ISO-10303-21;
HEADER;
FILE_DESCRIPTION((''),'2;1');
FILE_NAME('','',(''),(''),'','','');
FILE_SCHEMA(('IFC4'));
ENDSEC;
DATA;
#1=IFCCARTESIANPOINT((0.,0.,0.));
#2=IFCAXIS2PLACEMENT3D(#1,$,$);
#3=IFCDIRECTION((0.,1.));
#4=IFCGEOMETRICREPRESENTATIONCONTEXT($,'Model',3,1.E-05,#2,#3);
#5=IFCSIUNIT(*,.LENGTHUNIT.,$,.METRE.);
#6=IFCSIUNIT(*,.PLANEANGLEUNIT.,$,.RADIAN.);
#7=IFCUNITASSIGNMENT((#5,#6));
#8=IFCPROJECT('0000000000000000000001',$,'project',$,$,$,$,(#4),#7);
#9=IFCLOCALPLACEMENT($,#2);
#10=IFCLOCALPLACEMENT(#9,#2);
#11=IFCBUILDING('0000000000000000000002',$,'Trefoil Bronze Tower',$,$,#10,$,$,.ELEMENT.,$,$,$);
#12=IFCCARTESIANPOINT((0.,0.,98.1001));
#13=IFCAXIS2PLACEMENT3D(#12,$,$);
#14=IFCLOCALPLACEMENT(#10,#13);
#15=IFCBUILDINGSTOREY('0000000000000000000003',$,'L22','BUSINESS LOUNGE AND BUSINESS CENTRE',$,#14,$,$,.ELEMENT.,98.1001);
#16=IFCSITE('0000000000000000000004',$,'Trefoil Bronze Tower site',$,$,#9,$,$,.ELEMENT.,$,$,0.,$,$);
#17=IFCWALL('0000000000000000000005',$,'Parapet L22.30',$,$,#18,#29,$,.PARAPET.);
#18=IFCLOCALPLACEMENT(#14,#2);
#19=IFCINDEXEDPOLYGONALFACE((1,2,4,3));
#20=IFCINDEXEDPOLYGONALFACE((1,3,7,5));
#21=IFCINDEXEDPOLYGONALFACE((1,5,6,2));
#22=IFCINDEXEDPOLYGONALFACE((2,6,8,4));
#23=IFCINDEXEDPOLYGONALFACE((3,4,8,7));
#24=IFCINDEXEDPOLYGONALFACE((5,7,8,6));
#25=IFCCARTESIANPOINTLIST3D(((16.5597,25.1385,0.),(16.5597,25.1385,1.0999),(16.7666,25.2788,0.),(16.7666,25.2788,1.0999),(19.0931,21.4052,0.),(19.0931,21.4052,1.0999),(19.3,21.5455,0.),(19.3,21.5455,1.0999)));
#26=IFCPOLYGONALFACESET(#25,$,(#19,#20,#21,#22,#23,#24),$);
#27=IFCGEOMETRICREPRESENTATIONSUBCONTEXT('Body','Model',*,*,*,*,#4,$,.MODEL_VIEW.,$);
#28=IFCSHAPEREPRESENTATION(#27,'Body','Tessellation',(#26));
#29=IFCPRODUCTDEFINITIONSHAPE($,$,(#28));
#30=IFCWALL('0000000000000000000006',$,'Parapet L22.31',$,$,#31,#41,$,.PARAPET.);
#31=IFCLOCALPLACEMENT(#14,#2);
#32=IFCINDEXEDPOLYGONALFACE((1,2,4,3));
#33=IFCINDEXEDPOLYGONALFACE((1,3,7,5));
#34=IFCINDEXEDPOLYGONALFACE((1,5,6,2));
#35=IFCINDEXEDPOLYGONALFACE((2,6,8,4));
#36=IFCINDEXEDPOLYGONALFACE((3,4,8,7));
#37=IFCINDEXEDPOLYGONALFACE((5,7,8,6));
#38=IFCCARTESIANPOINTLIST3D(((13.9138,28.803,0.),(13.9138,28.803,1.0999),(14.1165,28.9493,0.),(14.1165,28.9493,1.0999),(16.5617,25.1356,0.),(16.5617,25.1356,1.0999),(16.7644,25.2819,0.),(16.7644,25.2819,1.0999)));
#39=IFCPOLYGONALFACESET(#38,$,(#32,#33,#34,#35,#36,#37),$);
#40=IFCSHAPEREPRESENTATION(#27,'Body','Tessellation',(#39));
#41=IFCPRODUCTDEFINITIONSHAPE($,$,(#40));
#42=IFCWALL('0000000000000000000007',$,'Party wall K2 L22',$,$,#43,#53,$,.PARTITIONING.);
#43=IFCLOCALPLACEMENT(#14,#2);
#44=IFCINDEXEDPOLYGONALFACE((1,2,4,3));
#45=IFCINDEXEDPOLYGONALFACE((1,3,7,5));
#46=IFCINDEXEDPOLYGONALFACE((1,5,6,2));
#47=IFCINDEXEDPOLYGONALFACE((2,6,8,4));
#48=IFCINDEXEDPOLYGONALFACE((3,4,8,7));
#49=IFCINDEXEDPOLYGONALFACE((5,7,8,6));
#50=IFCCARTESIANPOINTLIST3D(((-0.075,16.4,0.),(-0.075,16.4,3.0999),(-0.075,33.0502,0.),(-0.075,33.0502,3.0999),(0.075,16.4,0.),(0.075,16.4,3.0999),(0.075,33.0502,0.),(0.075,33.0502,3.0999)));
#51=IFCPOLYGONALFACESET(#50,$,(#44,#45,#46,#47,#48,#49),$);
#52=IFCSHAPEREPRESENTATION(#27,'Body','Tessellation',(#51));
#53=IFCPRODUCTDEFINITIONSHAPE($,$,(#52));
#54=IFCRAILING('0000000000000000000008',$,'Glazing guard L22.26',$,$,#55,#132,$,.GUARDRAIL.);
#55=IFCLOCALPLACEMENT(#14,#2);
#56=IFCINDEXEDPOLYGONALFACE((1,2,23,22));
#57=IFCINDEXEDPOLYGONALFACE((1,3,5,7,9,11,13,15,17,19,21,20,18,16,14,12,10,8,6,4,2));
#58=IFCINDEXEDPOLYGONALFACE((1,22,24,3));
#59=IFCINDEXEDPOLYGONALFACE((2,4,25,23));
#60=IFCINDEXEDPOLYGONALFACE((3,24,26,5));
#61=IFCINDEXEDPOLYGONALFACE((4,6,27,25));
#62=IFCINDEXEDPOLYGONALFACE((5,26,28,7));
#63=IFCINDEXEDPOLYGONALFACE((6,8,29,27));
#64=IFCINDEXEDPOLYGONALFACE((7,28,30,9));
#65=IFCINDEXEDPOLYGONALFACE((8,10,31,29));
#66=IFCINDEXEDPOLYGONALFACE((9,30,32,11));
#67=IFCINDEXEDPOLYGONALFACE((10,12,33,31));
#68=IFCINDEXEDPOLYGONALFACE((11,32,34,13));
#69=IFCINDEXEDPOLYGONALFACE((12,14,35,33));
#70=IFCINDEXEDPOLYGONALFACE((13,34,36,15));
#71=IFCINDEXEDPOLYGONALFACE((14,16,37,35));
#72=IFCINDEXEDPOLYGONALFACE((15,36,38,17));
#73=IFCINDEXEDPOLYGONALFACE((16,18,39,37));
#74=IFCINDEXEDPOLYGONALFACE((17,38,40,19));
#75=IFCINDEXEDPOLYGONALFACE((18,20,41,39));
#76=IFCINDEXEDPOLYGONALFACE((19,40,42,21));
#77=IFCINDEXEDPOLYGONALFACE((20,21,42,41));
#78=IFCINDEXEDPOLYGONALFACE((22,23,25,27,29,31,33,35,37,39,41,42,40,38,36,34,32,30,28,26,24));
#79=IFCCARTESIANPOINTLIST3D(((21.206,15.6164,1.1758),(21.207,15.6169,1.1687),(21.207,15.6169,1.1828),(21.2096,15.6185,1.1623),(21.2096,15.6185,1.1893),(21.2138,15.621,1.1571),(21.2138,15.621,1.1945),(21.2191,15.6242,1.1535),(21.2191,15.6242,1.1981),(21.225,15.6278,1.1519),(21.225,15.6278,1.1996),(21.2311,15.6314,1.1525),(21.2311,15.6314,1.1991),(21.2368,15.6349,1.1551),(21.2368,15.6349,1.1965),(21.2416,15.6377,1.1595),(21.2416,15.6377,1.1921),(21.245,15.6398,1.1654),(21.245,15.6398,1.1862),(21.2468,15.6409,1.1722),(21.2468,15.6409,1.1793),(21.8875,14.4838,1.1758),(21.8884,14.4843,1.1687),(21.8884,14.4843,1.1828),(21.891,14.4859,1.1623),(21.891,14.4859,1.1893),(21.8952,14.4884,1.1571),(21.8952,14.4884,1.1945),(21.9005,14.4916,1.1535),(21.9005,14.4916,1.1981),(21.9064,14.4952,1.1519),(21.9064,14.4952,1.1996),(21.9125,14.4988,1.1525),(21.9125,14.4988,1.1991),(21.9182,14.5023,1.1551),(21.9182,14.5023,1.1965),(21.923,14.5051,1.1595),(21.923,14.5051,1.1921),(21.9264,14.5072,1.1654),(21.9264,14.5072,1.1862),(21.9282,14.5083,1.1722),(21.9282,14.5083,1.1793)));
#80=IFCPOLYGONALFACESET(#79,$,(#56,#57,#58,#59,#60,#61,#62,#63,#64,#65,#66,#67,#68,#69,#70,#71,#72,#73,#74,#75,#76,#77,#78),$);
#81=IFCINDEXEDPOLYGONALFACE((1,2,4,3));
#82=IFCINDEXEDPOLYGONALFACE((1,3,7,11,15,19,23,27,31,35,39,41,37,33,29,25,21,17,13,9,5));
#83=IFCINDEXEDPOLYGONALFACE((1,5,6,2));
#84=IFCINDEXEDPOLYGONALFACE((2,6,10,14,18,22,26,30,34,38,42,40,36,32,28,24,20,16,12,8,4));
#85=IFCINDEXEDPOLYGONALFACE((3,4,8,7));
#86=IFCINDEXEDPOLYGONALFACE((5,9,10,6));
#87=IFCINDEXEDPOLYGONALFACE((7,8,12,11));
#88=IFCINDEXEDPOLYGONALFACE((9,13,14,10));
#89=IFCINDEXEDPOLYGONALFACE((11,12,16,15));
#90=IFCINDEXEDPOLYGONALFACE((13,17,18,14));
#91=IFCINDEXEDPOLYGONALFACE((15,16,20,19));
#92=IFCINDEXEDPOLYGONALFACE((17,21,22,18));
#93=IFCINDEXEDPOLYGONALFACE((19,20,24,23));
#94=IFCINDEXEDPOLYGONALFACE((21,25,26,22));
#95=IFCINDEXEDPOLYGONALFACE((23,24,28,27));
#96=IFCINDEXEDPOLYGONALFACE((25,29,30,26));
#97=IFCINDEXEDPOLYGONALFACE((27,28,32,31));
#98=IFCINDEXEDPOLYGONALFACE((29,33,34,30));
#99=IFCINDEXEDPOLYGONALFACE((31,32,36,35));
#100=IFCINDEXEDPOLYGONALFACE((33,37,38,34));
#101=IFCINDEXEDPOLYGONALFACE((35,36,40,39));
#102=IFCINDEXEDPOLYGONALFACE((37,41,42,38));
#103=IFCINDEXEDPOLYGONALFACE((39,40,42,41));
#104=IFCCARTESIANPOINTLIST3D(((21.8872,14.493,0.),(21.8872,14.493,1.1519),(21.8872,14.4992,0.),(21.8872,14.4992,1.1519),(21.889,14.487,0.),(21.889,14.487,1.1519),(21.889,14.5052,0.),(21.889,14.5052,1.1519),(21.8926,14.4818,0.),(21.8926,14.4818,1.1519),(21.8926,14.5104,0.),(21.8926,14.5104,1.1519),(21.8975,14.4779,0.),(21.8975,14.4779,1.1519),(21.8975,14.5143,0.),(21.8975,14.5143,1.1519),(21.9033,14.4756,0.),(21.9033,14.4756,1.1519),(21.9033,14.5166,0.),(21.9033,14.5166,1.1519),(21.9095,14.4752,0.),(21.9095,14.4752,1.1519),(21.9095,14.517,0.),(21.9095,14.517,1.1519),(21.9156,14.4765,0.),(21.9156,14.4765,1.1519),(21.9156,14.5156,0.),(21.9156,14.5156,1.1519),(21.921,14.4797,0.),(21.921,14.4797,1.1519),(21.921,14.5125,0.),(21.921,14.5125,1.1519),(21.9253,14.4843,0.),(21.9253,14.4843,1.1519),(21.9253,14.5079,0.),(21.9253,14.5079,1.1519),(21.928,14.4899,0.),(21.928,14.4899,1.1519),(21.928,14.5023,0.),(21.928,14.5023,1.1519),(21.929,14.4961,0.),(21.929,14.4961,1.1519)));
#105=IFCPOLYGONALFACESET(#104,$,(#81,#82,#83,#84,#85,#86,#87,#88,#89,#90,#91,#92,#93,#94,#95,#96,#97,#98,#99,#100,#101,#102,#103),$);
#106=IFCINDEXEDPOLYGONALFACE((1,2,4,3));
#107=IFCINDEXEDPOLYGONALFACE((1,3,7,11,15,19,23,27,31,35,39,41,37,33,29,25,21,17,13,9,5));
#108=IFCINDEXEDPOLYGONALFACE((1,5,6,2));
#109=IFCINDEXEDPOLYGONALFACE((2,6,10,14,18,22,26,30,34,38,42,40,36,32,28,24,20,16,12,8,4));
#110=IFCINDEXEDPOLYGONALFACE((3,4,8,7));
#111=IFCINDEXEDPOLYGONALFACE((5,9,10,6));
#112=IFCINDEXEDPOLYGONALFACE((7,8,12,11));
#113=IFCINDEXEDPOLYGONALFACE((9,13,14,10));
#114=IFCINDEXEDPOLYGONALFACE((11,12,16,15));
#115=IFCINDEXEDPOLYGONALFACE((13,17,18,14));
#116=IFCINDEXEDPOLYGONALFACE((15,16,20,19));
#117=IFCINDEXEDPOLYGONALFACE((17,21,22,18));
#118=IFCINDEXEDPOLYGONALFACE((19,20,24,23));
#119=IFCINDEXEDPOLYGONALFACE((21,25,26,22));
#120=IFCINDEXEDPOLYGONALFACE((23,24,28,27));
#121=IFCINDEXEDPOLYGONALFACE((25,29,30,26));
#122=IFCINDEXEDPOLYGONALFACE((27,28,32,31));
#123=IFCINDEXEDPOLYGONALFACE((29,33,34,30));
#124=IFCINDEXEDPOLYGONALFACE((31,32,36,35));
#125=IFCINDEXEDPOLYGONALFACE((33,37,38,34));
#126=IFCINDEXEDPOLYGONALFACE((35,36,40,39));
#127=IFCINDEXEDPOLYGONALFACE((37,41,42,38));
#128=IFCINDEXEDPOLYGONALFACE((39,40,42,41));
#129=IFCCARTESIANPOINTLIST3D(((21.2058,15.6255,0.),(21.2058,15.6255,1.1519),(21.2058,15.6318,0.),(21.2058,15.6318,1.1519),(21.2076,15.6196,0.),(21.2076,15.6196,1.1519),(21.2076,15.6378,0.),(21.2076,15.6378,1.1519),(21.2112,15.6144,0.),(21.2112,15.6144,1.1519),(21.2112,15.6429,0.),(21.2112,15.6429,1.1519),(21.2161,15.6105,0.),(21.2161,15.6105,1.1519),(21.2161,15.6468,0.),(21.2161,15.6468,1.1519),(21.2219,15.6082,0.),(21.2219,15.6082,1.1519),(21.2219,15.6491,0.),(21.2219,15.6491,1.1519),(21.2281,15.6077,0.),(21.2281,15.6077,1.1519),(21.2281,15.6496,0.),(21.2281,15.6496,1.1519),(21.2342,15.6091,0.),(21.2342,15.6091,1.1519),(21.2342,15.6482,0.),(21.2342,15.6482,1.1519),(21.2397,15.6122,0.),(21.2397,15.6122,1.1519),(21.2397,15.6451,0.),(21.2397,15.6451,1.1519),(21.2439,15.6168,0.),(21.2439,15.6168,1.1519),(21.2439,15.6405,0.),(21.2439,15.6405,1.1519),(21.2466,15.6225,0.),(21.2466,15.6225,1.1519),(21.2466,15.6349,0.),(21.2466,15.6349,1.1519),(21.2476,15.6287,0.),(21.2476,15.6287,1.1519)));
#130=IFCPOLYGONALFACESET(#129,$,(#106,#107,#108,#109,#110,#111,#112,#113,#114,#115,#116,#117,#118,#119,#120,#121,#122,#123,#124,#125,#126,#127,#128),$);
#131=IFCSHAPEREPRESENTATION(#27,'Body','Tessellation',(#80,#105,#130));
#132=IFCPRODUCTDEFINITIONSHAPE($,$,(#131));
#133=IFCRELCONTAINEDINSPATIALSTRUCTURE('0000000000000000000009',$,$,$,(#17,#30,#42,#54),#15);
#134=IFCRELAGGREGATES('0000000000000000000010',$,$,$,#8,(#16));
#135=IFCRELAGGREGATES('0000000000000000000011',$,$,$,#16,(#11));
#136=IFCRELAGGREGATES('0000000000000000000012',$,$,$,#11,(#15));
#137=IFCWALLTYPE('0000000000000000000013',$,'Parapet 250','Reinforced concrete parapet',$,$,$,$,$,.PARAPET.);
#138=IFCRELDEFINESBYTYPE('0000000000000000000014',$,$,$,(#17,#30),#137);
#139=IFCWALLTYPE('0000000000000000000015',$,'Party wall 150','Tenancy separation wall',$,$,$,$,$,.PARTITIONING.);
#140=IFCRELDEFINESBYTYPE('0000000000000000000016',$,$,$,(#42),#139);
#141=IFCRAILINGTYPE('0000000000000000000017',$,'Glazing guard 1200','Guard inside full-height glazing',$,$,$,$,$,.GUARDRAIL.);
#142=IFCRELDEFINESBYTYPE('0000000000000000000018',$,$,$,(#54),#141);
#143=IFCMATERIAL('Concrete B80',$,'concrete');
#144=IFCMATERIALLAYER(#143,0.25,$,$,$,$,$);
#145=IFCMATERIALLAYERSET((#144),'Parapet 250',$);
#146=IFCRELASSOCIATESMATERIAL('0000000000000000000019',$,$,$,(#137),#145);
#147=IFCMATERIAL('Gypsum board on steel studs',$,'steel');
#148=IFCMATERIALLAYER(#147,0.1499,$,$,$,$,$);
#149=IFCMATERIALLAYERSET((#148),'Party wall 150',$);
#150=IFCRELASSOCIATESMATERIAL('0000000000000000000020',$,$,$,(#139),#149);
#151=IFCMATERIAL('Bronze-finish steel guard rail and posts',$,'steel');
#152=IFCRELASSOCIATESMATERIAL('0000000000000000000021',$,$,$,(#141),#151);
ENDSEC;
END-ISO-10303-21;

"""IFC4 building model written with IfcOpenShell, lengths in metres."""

from ifc_helpers import new_model, si_unit, direction, frame, frame_2d, origin, origin_2d, place, context, subcontext, project, spatial, rectangle, circle, extrude, material, layer, layer_set, type_object, element, save


model = new_model("IFC4")

# Units and contexts
model_context = context("Model", 3, precision=1e-05, world=origin(), true_north=direction((0.0, 1.0)))
body_context = subcontext(model_context, "Body", "Model", "MODEL_VIEW")
ifc_project = project(units=[si_unit("LENGTHUNIT", "METRE"), si_unit("PLANEANGLEUNIT", "RADIAN")], contexts=[model_context])

# Site, building, storey
site_placement = place(None, origin())
site = spatial("IfcSite", under=ifc_project, at=site_placement, Name="Trefoil Bronze Tower site", CompositionType="ELEMENT", RefElevation=0.0)
building_placement = place(site_placement, origin())
building = spatial("IfcBuilding", under=site, at=building_placement, Name="Trefoil Bronze Tower", CompositionType="ELEMENT")
storey_placement = place(building_placement, frame((0.0, 0.0, 98.1001)))
storey = spatial("IfcBuildingStorey", under=building, at=storey_placement, Name="L22", Description="BUSINESS LOUNGE AND BUSINESS CENTRE", CompositionType="ELEMENT", Elevation=98.1001)

# Walls
ifc_material_1 = material(Name="Concrete B80", Category="concrete")
ifc_layer_1 = layer(ifc_material_1, 0.25)
ifc_layer_set_1 = layer_set([ifc_layer_1], Name="Parapet 250")
wall_type_1 = type_object("IfcWallType", Name="Parapet 250", Description="Reinforced concrete parapet", PredefinedType="PARAPET", material=ifc_layer_set_1)
wall_1_placement = place(storey_placement, frame((19.1965, 21.4753, 0.0), z_axis=(0.0, 0.0, 1.0), x_axis=(-0.561512, 0.827469, 0.0)))
element("IfcWall", 1, at=wall_1_placement, inside=storey, type_object=wall_type_1, Name="Parapet L22.30", PredefinedType="PARAPET", context=body_context, shape_type="SweptSolid", body=[
    extrude(rectangle(XDim=4.5117, YDim=0.25, at=frame_2d((2.2559, 0.0))), origin(), (0.0, 0.0, 1.0), 1.0999),
])
wall_2_placement = place(storey_placement, frame((16.6631, 25.2087, 0.0), z_axis=(0.0, 0.0, 1.0), x_axis=(-0.585376, 0.810762, 0.0)))
element("IfcWall", 2, at=wall_2_placement, inside=storey, type_object=wall_type_1, Name="Parapet L22.31", PredefinedType="PARAPET", context=body_context, shape_type="SweptSolid", body=[
    extrude(rectangle(XDim=4.5234, YDim=0.25, at=frame_2d((2.2617, 0.0))), origin(), (0.0, 0.0, 1.0), 1.0999),
])
ifc_material_2 = material(Name="Gypsum board on steel studs", Category="steel")
ifc_layer_2 = layer(ifc_material_2, 0.1499)
ifc_layer_set_2 = layer_set([ifc_layer_2], Name="Party wall 150")
wall_type_2 = type_object("IfcWallType", Name="Party wall 150", Description="Tenancy separation wall", PredefinedType="PARTITIONING", material=ifc_layer_set_2)
wall_3_placement = place(storey_placement, frame((0.0, 16.3999, 0.0), z_axis=(0.0, 0.0, 1.0), x_axis=(0.0, 1.0, 0.0)))
element("IfcWall", 3, at=wall_3_placement, inside=storey, type_object=wall_type_2, Name="Party wall K2 L22", PredefinedType="PARTITIONING", context=body_context, shape_type="SweptSolid", body=[
    extrude(rectangle(XDim=16.6501, YDim=0.1499, at=frame_2d((8.3252, 0.0))), origin(), (0.0, 0.0, 1.0), 3.0999),
])

# Railing
ifc_material_3 = material(Name="Bronze-finish steel guard rail and posts", Category="steel")
railing_type_1 = type_object("IfcRailingType", Name="Glazing guard 1200", Description="Guard inside full-height glazing", PredefinedType="GUARDRAIL", material=ifc_material_3)
railing_1_placement = place(storey_placement, frame((21.908, 14.4961, 0.0)))
element("IfcRailing", 4, at=railing_1_placement, inside=storey, type_object=railing_type_1, Name="Glazing guard L22.26", PredefinedType="GUARDRAIL", context=body_context, shape_type="SweptSolid", body=[
    extrude(circle(Radius=0.0239, at=origin_2d()), frame((0.0, 0.0, 1.1758), z_axis=(-0.515528, 0.856873, 0.0), x_axis=(-0.856873, -0.515528, 0.0)), (0.0, 0.0, 1.0), 1.3218),
    extrude(circle(Radius=0.021, at=origin_2d()), origin(), (0.0, 0.0, 1.0), 1.1519),
    extrude(circle(Radius=0.021, at=origin_2d()), frame((-0.6814, 1.1326, 0.0)), (0.0, 0.0, 1.0), 1.1519),
])

save(model, "model.ifc")
